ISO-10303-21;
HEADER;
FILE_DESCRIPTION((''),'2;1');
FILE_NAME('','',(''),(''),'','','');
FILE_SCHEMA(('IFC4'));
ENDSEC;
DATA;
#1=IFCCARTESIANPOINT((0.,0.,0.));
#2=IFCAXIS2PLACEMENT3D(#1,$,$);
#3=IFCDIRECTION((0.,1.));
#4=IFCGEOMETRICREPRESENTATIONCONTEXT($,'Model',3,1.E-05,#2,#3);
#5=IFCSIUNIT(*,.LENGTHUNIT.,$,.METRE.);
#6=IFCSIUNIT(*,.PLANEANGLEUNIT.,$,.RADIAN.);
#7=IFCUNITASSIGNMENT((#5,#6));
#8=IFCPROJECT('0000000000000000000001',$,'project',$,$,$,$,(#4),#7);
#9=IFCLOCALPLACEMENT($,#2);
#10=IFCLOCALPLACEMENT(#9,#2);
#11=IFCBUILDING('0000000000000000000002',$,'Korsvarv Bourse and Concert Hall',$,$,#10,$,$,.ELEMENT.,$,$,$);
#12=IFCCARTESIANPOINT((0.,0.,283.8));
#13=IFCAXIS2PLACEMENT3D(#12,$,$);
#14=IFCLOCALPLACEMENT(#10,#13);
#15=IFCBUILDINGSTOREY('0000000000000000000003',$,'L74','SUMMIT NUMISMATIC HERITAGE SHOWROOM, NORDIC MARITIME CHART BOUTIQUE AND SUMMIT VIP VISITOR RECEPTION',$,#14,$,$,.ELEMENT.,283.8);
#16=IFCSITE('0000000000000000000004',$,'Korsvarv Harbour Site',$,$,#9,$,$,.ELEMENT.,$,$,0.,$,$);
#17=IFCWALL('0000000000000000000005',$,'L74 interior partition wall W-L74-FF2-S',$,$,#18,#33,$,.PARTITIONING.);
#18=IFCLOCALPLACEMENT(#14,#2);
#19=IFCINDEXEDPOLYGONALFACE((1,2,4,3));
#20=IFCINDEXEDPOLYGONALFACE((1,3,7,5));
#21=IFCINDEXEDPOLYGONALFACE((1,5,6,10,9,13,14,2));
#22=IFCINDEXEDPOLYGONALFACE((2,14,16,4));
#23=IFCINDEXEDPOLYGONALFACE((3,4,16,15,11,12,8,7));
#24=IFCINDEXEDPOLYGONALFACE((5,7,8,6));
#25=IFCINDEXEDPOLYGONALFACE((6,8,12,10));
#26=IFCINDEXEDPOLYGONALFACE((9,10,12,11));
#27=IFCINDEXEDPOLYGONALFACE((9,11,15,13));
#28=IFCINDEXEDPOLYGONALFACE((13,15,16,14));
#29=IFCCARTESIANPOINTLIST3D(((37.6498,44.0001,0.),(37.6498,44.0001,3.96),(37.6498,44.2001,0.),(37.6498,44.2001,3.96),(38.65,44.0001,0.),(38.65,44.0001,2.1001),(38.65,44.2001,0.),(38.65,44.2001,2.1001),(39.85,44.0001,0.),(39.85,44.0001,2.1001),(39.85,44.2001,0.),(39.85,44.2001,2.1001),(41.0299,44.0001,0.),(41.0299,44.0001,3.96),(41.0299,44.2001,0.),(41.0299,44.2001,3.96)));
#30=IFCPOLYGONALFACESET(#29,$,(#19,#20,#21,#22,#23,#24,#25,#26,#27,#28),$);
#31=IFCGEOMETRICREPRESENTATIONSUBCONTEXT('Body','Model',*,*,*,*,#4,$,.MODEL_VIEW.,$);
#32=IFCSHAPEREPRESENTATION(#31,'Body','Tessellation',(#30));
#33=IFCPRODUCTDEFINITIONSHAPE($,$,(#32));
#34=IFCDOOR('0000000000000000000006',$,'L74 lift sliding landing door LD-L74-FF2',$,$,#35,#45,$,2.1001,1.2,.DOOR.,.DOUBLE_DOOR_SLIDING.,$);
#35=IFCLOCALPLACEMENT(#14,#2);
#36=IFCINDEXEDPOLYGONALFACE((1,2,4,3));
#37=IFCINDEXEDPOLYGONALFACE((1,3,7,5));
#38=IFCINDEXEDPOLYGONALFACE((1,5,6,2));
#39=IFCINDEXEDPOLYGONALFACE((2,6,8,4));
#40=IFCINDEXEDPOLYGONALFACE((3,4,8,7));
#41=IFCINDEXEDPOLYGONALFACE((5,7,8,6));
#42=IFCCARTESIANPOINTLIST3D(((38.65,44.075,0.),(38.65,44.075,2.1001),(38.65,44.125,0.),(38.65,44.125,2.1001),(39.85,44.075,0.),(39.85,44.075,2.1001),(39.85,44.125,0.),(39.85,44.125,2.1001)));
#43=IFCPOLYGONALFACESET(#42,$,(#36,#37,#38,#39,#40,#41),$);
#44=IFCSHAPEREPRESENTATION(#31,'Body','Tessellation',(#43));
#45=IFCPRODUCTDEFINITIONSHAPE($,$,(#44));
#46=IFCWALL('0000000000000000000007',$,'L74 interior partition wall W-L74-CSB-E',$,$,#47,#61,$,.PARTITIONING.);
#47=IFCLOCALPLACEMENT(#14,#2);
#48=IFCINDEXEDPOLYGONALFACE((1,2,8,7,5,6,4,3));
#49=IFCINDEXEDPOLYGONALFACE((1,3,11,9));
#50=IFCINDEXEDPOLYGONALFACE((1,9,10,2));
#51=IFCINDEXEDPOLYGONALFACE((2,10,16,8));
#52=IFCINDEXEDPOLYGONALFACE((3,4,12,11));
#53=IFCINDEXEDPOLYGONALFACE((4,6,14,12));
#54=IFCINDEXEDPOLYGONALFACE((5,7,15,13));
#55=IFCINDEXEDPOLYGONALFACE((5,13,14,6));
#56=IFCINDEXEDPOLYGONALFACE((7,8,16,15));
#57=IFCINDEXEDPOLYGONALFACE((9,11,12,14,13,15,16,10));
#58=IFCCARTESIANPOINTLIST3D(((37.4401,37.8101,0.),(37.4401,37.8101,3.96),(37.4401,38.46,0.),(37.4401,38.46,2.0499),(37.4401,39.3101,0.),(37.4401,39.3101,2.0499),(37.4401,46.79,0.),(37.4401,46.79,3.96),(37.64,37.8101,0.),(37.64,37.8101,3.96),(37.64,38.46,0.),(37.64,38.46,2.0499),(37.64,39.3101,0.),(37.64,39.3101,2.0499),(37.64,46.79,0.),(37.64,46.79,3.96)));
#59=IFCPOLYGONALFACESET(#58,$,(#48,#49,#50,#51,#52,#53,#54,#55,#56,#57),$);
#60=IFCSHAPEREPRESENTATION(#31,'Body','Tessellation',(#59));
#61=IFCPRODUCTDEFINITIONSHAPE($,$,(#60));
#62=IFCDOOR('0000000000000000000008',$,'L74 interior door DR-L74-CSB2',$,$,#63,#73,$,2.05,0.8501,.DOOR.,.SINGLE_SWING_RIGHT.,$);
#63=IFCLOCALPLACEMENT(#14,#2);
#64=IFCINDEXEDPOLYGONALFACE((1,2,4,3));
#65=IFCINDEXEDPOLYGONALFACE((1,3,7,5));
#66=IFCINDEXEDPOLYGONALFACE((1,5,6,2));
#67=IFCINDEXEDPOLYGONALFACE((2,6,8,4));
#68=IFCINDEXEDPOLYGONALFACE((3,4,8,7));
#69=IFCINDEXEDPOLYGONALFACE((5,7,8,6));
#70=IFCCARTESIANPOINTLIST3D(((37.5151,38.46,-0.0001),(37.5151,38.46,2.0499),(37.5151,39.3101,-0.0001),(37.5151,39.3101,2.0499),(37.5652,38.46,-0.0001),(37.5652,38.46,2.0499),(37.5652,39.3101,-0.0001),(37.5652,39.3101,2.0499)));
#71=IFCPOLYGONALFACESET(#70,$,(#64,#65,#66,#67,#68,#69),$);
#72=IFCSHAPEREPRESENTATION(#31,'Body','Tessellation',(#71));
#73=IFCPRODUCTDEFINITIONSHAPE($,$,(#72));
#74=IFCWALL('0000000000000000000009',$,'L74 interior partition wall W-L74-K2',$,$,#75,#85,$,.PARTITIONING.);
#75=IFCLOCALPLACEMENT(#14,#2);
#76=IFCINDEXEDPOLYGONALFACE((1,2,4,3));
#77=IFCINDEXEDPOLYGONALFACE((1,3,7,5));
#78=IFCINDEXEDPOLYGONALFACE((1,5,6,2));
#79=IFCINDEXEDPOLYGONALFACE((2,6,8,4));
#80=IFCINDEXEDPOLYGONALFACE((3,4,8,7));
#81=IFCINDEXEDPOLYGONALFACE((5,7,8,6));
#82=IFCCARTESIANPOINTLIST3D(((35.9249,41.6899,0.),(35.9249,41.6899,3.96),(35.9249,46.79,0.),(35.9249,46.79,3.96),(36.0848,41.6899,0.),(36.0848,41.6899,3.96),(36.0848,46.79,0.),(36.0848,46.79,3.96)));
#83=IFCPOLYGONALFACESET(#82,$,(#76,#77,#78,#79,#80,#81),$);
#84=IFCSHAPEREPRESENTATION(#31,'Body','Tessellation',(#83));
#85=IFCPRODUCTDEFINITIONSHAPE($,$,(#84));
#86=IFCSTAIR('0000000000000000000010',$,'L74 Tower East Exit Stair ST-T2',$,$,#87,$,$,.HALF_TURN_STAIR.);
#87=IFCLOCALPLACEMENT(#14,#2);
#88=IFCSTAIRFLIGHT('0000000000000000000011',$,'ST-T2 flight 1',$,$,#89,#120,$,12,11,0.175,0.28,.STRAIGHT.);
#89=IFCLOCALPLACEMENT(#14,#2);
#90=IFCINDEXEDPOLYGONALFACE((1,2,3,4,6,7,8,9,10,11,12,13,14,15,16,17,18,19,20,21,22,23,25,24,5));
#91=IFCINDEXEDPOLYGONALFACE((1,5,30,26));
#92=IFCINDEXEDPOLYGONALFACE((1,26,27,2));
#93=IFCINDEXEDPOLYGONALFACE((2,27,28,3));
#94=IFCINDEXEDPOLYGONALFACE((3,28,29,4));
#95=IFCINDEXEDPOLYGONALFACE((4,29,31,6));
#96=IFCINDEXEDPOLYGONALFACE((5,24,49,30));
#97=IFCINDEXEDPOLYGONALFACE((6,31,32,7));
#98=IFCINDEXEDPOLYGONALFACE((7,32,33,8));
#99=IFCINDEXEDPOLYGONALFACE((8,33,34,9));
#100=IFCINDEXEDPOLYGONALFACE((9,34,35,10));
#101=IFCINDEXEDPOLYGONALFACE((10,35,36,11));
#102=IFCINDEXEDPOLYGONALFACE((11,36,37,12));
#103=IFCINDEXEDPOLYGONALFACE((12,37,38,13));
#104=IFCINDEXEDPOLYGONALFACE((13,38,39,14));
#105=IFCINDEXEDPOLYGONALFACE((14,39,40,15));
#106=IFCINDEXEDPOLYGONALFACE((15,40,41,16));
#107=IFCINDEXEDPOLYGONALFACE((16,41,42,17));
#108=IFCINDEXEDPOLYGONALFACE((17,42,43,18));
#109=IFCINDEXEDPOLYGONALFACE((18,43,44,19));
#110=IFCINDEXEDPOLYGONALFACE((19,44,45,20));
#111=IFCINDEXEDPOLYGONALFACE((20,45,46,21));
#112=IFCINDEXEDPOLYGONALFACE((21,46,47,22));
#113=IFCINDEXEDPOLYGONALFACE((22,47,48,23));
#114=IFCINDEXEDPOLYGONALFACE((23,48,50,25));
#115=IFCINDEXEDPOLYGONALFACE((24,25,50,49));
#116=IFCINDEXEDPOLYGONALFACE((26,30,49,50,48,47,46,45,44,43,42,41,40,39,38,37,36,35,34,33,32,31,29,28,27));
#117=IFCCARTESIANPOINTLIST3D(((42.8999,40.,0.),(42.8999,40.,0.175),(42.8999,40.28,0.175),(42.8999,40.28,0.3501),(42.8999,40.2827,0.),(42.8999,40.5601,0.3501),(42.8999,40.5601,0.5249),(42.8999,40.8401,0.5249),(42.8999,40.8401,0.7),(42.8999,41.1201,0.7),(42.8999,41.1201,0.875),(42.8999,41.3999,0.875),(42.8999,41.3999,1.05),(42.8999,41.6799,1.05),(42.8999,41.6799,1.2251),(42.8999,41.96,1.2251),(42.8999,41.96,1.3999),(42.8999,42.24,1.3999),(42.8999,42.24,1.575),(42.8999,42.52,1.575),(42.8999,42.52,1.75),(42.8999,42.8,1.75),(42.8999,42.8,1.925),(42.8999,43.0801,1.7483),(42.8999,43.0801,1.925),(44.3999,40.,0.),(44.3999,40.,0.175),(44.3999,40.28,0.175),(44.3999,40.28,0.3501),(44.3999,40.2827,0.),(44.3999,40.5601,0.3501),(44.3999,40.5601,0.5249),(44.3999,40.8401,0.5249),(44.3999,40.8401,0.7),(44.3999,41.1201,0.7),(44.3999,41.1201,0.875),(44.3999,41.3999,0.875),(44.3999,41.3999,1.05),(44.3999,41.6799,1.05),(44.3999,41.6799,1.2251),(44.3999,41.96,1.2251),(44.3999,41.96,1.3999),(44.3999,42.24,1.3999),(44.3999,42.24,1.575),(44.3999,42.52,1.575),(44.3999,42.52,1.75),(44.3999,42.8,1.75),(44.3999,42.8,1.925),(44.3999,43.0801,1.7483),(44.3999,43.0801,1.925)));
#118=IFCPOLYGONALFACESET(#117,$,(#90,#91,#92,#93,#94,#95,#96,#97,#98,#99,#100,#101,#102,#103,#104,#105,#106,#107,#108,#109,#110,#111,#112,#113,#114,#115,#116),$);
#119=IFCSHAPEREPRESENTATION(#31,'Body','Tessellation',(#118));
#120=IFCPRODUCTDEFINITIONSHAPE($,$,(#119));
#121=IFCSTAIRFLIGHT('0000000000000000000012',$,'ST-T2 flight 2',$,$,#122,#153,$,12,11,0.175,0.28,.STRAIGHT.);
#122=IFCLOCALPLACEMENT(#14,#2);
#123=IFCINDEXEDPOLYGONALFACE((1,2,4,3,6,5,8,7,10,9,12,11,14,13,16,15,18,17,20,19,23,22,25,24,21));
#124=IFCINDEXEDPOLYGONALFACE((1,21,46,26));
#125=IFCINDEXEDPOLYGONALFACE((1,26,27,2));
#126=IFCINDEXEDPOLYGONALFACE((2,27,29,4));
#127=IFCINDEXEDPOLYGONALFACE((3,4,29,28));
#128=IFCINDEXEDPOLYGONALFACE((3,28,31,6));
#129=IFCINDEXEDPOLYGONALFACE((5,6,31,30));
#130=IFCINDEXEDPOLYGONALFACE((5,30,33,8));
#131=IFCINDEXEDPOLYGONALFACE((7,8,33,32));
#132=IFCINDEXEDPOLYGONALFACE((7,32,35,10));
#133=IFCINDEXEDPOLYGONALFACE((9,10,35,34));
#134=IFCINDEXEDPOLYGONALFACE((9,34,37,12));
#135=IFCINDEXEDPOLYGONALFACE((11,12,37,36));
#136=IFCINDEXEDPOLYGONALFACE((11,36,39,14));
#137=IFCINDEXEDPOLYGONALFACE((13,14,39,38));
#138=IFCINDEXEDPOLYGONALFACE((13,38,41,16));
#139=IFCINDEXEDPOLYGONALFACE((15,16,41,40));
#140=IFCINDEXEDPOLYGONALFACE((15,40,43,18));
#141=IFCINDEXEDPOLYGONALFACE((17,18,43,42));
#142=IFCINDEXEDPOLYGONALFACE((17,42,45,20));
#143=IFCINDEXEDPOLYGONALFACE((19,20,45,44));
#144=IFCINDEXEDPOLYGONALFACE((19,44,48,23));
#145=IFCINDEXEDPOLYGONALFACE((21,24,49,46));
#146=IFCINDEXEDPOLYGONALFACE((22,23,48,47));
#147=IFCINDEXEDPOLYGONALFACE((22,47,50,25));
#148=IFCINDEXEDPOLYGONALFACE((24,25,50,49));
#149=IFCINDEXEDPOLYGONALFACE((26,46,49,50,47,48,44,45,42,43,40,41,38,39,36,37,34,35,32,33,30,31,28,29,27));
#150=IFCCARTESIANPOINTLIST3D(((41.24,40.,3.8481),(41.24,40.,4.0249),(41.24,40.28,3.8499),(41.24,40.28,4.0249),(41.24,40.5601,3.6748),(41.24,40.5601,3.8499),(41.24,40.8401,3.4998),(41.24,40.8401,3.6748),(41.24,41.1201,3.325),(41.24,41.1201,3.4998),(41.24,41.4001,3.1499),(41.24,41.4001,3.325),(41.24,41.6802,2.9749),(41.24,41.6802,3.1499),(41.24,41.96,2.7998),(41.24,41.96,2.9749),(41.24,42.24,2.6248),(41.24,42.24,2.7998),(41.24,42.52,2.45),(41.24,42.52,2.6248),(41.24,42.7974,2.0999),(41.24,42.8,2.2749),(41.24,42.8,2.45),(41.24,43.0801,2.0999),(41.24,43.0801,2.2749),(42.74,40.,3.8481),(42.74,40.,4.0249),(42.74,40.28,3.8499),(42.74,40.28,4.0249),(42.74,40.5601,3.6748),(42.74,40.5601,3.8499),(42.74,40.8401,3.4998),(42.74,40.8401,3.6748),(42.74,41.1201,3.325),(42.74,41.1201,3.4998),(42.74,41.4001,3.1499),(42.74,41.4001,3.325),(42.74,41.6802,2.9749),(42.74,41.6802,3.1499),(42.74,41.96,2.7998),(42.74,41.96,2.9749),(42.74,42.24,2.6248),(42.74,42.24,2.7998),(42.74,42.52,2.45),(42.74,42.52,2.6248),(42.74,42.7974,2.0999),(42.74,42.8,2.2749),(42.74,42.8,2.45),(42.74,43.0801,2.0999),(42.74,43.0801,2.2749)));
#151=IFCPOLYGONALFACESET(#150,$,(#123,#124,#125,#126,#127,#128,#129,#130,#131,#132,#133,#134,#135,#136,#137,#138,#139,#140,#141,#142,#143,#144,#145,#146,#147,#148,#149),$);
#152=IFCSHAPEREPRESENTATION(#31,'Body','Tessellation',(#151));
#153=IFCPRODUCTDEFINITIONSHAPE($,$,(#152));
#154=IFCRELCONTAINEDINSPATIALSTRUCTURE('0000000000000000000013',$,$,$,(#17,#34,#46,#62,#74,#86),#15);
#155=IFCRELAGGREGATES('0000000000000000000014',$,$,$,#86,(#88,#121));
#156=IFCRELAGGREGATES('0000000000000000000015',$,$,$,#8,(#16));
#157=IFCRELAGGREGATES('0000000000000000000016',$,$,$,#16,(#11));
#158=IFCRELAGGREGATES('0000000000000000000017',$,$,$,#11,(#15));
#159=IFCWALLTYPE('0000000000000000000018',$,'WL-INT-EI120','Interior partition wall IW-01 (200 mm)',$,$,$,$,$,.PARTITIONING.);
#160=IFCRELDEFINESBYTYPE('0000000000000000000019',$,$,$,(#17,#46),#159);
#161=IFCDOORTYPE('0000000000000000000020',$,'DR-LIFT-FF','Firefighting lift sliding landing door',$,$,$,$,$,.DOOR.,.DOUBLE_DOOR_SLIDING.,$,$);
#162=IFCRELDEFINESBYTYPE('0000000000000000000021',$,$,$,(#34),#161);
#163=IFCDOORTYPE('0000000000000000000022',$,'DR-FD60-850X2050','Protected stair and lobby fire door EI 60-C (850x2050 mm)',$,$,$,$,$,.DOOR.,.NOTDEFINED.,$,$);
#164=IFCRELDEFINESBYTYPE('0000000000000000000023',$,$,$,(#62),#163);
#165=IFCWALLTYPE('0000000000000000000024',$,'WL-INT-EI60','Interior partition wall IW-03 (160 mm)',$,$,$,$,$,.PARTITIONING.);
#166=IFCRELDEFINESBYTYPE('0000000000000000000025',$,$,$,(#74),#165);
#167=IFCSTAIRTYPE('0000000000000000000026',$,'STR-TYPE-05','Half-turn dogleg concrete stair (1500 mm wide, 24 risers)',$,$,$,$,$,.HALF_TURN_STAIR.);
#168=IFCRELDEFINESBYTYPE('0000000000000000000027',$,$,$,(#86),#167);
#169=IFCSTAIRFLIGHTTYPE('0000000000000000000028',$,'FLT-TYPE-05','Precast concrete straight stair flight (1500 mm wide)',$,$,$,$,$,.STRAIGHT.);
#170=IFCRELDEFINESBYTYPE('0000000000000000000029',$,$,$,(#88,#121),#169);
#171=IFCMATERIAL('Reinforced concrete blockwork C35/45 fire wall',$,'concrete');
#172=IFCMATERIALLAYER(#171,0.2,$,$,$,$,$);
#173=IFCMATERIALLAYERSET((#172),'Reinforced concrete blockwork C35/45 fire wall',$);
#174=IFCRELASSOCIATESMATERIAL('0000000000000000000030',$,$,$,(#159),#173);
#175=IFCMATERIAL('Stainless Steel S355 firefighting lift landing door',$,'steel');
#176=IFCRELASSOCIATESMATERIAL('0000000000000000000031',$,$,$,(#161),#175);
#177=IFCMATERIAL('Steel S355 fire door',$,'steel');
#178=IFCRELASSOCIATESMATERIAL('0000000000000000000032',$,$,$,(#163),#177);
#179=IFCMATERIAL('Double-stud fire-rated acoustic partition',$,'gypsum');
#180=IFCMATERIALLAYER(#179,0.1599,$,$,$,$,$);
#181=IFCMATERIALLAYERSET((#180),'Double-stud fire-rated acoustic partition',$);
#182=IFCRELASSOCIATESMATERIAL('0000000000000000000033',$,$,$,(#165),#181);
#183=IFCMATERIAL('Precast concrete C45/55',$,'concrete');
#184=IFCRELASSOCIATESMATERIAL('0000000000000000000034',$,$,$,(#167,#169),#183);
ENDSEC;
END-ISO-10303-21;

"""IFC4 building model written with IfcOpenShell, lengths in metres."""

from ifc_helpers import new_model, si_unit, direction, frame, frame_2d, origin, place, context, subcontext, project, spatial, polyline, rectangle, outline, extrude, material, layer, layer_set, type_object, element, fill, aggregate, save


model = new_model("IFC4")

# Units and contexts
model_context = context("Model", 3, precision=1e-05, world=origin(), true_north=direction((0.0, 1.0)))
body_context = subcontext(model_context, "Body", "Model", "MODEL_VIEW")
ifc_project = project(units=[si_unit("LENGTHUNIT", "METRE"), si_unit("PLANEANGLEUNIT", "RADIAN")], contexts=[model_context])

# Site, building, storey
site_placement = place(None, origin())
site = spatial("IfcSite", under=ifc_project, at=site_placement, Name="Korsvarv Harbour Site", CompositionType="ELEMENT", RefElevation=0.0)
building_placement = place(site_placement, origin())
building = spatial("IfcBuilding", under=site, at=building_placement, Name="Korsvarv Bourse and Concert Hall", CompositionType="ELEMENT")
storey_placement = place(building_placement, frame((0.0, 0.0, 283.8)))
storey = spatial("IfcBuildingStorey", under=building, at=storey_placement, Name="L74", Description="SUMMIT NUMISMATIC HERITAGE SHOWROOM, NORDIC MARITIME CHART BOUTIQUE AND SUMMIT VIP VISITOR RECEPTION", CompositionType="ELEMENT", Elevation=283.8)

# Shared definitions
ifc_material_1 = material(Name="Steel S355 fire door", Category="steel")

# Walls, openings, doors
ifc_material_2 = material(Name="Reinforced concrete blockwork C35/45 fire wall", Category="concrete")
ifc_layer_1 = layer(ifc_material_2, 0.2)
ifc_layer_set_1 = layer_set([ifc_layer_1], Name="Reinforced concrete blockwork C35/45 fire wall")
wall_type_1 = type_object("IfcWallType", Name="WL-INT-EI120", Description="Interior partition wall IW-01 (200 mm)", PredefinedType="PARTITIONING", material=ifc_layer_set_1)
wall_1_placement = place(storey_placement, frame((37.6499, 44.1001, 0.0), z_axis=(0.0, 0.0, 1.0), x_axis=(1.0, 0.0, 0.0)))
wall_1 = element("IfcWall", 1, at=wall_1_placement, inside=storey, type_object=wall_type_1, Name="L74 interior partition wall W-L74-FF2-S", PredefinedType="PARTITIONING", context=body_context, shape_type="SweptSolid", body=[
    extrude(rectangle(XDim=3.3801, YDim=0.2, at=frame_2d((1.6899, 0.0))), origin(), (0.0, 0.0, 1.0), 3.96),
])
opening_1_placement = place(wall_1_placement, frame((1.0, 0.0, 0.0)))
opening_1 = element("IfcOpeningElement", 2, at=opening_1_placement, cuts=wall_1, PredefinedType="OPENING", context=body_context, shape_type="SweptSolid", body=[
    extrude(rectangle(XDim=1.2, YDim=2.1001, at=frame_2d((0.6001, 1.05))), frame((0.0, 0.1099, 0.0), z_axis=(0.0, -1.0, 0.0), x_axis=(1.0, 0.0, 0.0)), (0.0, 0.0, 1.0), 0.22),
])
ifc_material_3 = material(Name="Stainless Steel S355 firefighting lift landing door", Category="steel")
door_type_1 = type_object("IfcDoorType", Name="DR-LIFT-FF", Description="Firefighting lift sliding landing door", OperationType="DOUBLE_DOOR_SLIDING", PredefinedType="DOOR", material=ifc_material_3)
door_1_placement = place(opening_1_placement, origin())
door_1 = element("IfcDoor", 3, at=door_1_placement, inside=storey, type_object=door_type_1, Name="L74 lift sliding landing door LD-L74-FF2", OperationType="DOUBLE_DOOR_SLIDING", OverallHeight=2.1001, OverallWidth=1.2, PredefinedType="DOOR", context=body_context, shape_type="SweptSolid", body=[
    extrude(rectangle(XDim=1.2, YDim=2.1001, at=frame_2d((0.6001, 1.05))), frame((0.0, 0.0249, 0.0), z_axis=(0.0, -1.0, 0.0), x_axis=(1.0, 0.0, 0.0)), (0.0, 0.0, 1.0), 0.05),
])
fill(opening_1, door_1)
wall_2_placement = place(storey_placement, frame((37.54, 37.8101, 0.0), z_axis=(0.0, 0.0, 1.0), x_axis=(0.0, 1.0, 0.0)))
wall_2 = element("IfcWall", 4, at=wall_2_placement, inside=storey, type_object=wall_type_1, Name="L74 interior partition wall W-L74-CSB-E", PredefinedType="PARTITIONING", context=body_context, shape_type="SweptSolid", body=[
    extrude(rectangle(XDim=8.98, YDim=0.2, at=frame_2d((4.49, 0.0))), origin(), (0.0, 0.0, 1.0), 3.96),
])
opening_2_placement = place(wall_2_placement, frame((0.6499, 0.0, 0.0)))
opening_2 = element("IfcOpeningElement", 5, at=opening_2_placement, cuts=wall_2, PredefinedType="OPENING", context=body_context, shape_type="SweptSolid", body=[
    extrude(rectangle(XDim=0.8501, YDim=2.05, at=frame_2d((0.425, 1.0249))), frame((0.0, 0.1099, 0.0), z_axis=(0.0, -1.0, 0.0), x_axis=(1.0, 0.0, 0.0)), (0.0, 0.0, 1.0), 0.22),
])
door_type_2 = type_object("IfcDoorType", Name="DR-FD60-850X2050", Description="Protected stair and lobby fire door EI 60-C (850x2050 mm)", OperationType="NOTDEFINED", PredefinedType="DOOR", material=ifc_material_1)
door_2_placement = place(opening_2_placement, origin())
door_2 = element("IfcDoor", 6, at=door_2_placement, inside=storey, type_object=door_type_2, Name="L74 interior door DR-L74-CSB2", OperationType="SINGLE_SWING_RIGHT", OverallHeight=2.05, OverallWidth=0.8501, PredefinedType="DOOR", context=body_context, shape_type="SweptSolid", body=[
    extrude(rectangle(XDim=0.8501, YDim=2.05, at=frame_2d((0.425, 1.0249))), frame((0.0, 0.0249, 0.0), z_axis=(0.0, -1.0, 0.0), x_axis=(1.0, 0.0, 0.0)), (0.0, 0.0, 1.0), 0.05),
])
fill(opening_2, door_2)

# Wall
ifc_material_4 = material(Name="Double-stud fire-rated acoustic partition", Category="gypsum")
ifc_layer_2 = layer(ifc_material_4, 0.1599)
ifc_layer_set_2 = layer_set([ifc_layer_2], Name="Double-stud fire-rated acoustic partition")
wall_type_2 = type_object("IfcWallType", Name="WL-INT-EI60", Description="Interior partition wall IW-03 (160 mm)", PredefinedType="PARTITIONING", material=ifc_layer_set_2)
wall_3_placement = place(storey_placement, frame((36.0049, 41.6899, 0.0), z_axis=(0.0, 0.0, 1.0), x_axis=(0.0, 1.0, 0.0)))
element("IfcWall", 7, at=wall_3_placement, inside=storey, type_object=wall_type_2, Name="L74 interior partition wall W-L74-K2", PredefinedType="PARTITIONING", context=body_context, shape_type="SweptSolid", body=[
    extrude(rectangle(XDim=5.1001, YDim=0.1599, at=frame_2d((2.55, 0.0))), origin(), (0.0, 0.0, 1.0), 3.96),
])

# Stair, stair flights
ifc_material_5 = material(Name="Precast concrete C45/55", Category="concrete")
stair_type = type_object("IfcStairType", Name="STR-TYPE-05", Description="Half-turn dogleg concrete stair (1500 mm wide, 24 risers)", PredefinedType="HALF_TURN_STAIR", material=ifc_material_5)
stair_placement = place(storey_placement, origin())
stair = element("IfcStair", 8, at=stair_placement, inside=storey, type_object=stair_type, Name="L74 Tower East Exit Stair ST-T2", PredefinedType="HALF_TURN_STAIR")
stair_flight_type = type_object("IfcStairFlightType", Name="FLT-TYPE-05", Description="Precast concrete straight stair flight (1500 mm wide)", PredefinedType="STRAIGHT", material=ifc_material_5)
stair_flight_1_placement = place(storey_placement, frame((43.6499, 40.0, 0.0), z_axis=(0.0, 0.0, 1.0), x_axis=(0.0, 1.0, 0.0)))
stair_flight_1 = element("IfcStairFlight", 9, at=stair_flight_1_placement, type_object=stair_flight_type, Name="ST-T2 flight 1", NumberOfRisers=12, NumberOfTreads=11, PredefinedType="STRAIGHT", RiserHeight=0.175, TreadLength=0.28, context=body_context, shape_type="SweptSolid", body=[
    extrude(outline(polyline([(0.0, 0.0), (0.0, 0.175), (0.28, 0.175), (0.28, 0.3501), (0.5601, 0.3501), (0.5601, 0.5249), (0.8401, 0.5249), (0.8401, 0.7), (1.1201, 0.7), (1.1201, 0.875), (1.3999, 0.875), (1.3999, 1.05), (1.6799, 1.05), (1.6799, 1.2251), (1.96, 1.2251), (1.96, 1.3999), (2.24, 1.3999), (2.24, 1.575), (2.52, 1.575), (2.52, 1.75), (2.8, 1.75), (2.8, 1.925), (3.0801, 1.925), (3.0801, 2.1001), (3.0801, 1.7483), (0.2827, 0.0), (0.0, 0.0)])), frame((0.0, 0.75, 0.0), z_axis=(0.0, -1.0, 0.0), x_axis=(1.0, 0.0, 0.0)), (0.0, 0.0, 1.0), 1.5),
])
stair_flight_2_placement = place(storey_placement, frame((41.99, 43.0801, 2.0999), z_axis=(0.0, 0.0, 1.0), x_axis=(0.0, -1.0, 0.0)))
stair_flight_2 = element("IfcStairFlight", 10, at=stair_flight_2_placement, type_object=stair_flight_type, Name="ST-T2 flight 2", NumberOfRisers=12, NumberOfTreads=11, PredefinedType="STRAIGHT", RiserHeight=0.175, TreadLength=0.28, context=body_context, shape_type="SweptSolid", body=[
    extrude(outline(polyline([(0.0, 0.0), (0.0, 0.175), (0.28, 0.175), (0.28, 0.3501), (0.5601, 0.3501), (0.5601, 0.5249), (0.8401, 0.5249), (0.8401, 0.7), (1.1201, 0.7), (1.1201, 0.875), (1.3999, 0.875), (1.3999, 1.05), (1.6799, 1.05), (1.6799, 1.2251), (1.96, 1.2251), (1.96, 1.3999), (2.24, 1.3999), (2.24, 1.575), (2.52, 1.575), (2.52, 1.75), (2.8, 1.75), (2.8, 1.925), (3.0801, 1.925), (3.0801, 2.1001), (3.0801, 1.7483), (0.2827, 0.0), (0.0, 0.0)])), frame((0.0, 0.75, 0.0), z_axis=(0.0, -1.0, 0.0), x_axis=(1.0, 0.0, 0.0)), (0.0, 0.0, 1.0), 1.5),
])
aggregate(stair, [stair_flight_1, stair_flight_2])

save(model, "model.ifc")
